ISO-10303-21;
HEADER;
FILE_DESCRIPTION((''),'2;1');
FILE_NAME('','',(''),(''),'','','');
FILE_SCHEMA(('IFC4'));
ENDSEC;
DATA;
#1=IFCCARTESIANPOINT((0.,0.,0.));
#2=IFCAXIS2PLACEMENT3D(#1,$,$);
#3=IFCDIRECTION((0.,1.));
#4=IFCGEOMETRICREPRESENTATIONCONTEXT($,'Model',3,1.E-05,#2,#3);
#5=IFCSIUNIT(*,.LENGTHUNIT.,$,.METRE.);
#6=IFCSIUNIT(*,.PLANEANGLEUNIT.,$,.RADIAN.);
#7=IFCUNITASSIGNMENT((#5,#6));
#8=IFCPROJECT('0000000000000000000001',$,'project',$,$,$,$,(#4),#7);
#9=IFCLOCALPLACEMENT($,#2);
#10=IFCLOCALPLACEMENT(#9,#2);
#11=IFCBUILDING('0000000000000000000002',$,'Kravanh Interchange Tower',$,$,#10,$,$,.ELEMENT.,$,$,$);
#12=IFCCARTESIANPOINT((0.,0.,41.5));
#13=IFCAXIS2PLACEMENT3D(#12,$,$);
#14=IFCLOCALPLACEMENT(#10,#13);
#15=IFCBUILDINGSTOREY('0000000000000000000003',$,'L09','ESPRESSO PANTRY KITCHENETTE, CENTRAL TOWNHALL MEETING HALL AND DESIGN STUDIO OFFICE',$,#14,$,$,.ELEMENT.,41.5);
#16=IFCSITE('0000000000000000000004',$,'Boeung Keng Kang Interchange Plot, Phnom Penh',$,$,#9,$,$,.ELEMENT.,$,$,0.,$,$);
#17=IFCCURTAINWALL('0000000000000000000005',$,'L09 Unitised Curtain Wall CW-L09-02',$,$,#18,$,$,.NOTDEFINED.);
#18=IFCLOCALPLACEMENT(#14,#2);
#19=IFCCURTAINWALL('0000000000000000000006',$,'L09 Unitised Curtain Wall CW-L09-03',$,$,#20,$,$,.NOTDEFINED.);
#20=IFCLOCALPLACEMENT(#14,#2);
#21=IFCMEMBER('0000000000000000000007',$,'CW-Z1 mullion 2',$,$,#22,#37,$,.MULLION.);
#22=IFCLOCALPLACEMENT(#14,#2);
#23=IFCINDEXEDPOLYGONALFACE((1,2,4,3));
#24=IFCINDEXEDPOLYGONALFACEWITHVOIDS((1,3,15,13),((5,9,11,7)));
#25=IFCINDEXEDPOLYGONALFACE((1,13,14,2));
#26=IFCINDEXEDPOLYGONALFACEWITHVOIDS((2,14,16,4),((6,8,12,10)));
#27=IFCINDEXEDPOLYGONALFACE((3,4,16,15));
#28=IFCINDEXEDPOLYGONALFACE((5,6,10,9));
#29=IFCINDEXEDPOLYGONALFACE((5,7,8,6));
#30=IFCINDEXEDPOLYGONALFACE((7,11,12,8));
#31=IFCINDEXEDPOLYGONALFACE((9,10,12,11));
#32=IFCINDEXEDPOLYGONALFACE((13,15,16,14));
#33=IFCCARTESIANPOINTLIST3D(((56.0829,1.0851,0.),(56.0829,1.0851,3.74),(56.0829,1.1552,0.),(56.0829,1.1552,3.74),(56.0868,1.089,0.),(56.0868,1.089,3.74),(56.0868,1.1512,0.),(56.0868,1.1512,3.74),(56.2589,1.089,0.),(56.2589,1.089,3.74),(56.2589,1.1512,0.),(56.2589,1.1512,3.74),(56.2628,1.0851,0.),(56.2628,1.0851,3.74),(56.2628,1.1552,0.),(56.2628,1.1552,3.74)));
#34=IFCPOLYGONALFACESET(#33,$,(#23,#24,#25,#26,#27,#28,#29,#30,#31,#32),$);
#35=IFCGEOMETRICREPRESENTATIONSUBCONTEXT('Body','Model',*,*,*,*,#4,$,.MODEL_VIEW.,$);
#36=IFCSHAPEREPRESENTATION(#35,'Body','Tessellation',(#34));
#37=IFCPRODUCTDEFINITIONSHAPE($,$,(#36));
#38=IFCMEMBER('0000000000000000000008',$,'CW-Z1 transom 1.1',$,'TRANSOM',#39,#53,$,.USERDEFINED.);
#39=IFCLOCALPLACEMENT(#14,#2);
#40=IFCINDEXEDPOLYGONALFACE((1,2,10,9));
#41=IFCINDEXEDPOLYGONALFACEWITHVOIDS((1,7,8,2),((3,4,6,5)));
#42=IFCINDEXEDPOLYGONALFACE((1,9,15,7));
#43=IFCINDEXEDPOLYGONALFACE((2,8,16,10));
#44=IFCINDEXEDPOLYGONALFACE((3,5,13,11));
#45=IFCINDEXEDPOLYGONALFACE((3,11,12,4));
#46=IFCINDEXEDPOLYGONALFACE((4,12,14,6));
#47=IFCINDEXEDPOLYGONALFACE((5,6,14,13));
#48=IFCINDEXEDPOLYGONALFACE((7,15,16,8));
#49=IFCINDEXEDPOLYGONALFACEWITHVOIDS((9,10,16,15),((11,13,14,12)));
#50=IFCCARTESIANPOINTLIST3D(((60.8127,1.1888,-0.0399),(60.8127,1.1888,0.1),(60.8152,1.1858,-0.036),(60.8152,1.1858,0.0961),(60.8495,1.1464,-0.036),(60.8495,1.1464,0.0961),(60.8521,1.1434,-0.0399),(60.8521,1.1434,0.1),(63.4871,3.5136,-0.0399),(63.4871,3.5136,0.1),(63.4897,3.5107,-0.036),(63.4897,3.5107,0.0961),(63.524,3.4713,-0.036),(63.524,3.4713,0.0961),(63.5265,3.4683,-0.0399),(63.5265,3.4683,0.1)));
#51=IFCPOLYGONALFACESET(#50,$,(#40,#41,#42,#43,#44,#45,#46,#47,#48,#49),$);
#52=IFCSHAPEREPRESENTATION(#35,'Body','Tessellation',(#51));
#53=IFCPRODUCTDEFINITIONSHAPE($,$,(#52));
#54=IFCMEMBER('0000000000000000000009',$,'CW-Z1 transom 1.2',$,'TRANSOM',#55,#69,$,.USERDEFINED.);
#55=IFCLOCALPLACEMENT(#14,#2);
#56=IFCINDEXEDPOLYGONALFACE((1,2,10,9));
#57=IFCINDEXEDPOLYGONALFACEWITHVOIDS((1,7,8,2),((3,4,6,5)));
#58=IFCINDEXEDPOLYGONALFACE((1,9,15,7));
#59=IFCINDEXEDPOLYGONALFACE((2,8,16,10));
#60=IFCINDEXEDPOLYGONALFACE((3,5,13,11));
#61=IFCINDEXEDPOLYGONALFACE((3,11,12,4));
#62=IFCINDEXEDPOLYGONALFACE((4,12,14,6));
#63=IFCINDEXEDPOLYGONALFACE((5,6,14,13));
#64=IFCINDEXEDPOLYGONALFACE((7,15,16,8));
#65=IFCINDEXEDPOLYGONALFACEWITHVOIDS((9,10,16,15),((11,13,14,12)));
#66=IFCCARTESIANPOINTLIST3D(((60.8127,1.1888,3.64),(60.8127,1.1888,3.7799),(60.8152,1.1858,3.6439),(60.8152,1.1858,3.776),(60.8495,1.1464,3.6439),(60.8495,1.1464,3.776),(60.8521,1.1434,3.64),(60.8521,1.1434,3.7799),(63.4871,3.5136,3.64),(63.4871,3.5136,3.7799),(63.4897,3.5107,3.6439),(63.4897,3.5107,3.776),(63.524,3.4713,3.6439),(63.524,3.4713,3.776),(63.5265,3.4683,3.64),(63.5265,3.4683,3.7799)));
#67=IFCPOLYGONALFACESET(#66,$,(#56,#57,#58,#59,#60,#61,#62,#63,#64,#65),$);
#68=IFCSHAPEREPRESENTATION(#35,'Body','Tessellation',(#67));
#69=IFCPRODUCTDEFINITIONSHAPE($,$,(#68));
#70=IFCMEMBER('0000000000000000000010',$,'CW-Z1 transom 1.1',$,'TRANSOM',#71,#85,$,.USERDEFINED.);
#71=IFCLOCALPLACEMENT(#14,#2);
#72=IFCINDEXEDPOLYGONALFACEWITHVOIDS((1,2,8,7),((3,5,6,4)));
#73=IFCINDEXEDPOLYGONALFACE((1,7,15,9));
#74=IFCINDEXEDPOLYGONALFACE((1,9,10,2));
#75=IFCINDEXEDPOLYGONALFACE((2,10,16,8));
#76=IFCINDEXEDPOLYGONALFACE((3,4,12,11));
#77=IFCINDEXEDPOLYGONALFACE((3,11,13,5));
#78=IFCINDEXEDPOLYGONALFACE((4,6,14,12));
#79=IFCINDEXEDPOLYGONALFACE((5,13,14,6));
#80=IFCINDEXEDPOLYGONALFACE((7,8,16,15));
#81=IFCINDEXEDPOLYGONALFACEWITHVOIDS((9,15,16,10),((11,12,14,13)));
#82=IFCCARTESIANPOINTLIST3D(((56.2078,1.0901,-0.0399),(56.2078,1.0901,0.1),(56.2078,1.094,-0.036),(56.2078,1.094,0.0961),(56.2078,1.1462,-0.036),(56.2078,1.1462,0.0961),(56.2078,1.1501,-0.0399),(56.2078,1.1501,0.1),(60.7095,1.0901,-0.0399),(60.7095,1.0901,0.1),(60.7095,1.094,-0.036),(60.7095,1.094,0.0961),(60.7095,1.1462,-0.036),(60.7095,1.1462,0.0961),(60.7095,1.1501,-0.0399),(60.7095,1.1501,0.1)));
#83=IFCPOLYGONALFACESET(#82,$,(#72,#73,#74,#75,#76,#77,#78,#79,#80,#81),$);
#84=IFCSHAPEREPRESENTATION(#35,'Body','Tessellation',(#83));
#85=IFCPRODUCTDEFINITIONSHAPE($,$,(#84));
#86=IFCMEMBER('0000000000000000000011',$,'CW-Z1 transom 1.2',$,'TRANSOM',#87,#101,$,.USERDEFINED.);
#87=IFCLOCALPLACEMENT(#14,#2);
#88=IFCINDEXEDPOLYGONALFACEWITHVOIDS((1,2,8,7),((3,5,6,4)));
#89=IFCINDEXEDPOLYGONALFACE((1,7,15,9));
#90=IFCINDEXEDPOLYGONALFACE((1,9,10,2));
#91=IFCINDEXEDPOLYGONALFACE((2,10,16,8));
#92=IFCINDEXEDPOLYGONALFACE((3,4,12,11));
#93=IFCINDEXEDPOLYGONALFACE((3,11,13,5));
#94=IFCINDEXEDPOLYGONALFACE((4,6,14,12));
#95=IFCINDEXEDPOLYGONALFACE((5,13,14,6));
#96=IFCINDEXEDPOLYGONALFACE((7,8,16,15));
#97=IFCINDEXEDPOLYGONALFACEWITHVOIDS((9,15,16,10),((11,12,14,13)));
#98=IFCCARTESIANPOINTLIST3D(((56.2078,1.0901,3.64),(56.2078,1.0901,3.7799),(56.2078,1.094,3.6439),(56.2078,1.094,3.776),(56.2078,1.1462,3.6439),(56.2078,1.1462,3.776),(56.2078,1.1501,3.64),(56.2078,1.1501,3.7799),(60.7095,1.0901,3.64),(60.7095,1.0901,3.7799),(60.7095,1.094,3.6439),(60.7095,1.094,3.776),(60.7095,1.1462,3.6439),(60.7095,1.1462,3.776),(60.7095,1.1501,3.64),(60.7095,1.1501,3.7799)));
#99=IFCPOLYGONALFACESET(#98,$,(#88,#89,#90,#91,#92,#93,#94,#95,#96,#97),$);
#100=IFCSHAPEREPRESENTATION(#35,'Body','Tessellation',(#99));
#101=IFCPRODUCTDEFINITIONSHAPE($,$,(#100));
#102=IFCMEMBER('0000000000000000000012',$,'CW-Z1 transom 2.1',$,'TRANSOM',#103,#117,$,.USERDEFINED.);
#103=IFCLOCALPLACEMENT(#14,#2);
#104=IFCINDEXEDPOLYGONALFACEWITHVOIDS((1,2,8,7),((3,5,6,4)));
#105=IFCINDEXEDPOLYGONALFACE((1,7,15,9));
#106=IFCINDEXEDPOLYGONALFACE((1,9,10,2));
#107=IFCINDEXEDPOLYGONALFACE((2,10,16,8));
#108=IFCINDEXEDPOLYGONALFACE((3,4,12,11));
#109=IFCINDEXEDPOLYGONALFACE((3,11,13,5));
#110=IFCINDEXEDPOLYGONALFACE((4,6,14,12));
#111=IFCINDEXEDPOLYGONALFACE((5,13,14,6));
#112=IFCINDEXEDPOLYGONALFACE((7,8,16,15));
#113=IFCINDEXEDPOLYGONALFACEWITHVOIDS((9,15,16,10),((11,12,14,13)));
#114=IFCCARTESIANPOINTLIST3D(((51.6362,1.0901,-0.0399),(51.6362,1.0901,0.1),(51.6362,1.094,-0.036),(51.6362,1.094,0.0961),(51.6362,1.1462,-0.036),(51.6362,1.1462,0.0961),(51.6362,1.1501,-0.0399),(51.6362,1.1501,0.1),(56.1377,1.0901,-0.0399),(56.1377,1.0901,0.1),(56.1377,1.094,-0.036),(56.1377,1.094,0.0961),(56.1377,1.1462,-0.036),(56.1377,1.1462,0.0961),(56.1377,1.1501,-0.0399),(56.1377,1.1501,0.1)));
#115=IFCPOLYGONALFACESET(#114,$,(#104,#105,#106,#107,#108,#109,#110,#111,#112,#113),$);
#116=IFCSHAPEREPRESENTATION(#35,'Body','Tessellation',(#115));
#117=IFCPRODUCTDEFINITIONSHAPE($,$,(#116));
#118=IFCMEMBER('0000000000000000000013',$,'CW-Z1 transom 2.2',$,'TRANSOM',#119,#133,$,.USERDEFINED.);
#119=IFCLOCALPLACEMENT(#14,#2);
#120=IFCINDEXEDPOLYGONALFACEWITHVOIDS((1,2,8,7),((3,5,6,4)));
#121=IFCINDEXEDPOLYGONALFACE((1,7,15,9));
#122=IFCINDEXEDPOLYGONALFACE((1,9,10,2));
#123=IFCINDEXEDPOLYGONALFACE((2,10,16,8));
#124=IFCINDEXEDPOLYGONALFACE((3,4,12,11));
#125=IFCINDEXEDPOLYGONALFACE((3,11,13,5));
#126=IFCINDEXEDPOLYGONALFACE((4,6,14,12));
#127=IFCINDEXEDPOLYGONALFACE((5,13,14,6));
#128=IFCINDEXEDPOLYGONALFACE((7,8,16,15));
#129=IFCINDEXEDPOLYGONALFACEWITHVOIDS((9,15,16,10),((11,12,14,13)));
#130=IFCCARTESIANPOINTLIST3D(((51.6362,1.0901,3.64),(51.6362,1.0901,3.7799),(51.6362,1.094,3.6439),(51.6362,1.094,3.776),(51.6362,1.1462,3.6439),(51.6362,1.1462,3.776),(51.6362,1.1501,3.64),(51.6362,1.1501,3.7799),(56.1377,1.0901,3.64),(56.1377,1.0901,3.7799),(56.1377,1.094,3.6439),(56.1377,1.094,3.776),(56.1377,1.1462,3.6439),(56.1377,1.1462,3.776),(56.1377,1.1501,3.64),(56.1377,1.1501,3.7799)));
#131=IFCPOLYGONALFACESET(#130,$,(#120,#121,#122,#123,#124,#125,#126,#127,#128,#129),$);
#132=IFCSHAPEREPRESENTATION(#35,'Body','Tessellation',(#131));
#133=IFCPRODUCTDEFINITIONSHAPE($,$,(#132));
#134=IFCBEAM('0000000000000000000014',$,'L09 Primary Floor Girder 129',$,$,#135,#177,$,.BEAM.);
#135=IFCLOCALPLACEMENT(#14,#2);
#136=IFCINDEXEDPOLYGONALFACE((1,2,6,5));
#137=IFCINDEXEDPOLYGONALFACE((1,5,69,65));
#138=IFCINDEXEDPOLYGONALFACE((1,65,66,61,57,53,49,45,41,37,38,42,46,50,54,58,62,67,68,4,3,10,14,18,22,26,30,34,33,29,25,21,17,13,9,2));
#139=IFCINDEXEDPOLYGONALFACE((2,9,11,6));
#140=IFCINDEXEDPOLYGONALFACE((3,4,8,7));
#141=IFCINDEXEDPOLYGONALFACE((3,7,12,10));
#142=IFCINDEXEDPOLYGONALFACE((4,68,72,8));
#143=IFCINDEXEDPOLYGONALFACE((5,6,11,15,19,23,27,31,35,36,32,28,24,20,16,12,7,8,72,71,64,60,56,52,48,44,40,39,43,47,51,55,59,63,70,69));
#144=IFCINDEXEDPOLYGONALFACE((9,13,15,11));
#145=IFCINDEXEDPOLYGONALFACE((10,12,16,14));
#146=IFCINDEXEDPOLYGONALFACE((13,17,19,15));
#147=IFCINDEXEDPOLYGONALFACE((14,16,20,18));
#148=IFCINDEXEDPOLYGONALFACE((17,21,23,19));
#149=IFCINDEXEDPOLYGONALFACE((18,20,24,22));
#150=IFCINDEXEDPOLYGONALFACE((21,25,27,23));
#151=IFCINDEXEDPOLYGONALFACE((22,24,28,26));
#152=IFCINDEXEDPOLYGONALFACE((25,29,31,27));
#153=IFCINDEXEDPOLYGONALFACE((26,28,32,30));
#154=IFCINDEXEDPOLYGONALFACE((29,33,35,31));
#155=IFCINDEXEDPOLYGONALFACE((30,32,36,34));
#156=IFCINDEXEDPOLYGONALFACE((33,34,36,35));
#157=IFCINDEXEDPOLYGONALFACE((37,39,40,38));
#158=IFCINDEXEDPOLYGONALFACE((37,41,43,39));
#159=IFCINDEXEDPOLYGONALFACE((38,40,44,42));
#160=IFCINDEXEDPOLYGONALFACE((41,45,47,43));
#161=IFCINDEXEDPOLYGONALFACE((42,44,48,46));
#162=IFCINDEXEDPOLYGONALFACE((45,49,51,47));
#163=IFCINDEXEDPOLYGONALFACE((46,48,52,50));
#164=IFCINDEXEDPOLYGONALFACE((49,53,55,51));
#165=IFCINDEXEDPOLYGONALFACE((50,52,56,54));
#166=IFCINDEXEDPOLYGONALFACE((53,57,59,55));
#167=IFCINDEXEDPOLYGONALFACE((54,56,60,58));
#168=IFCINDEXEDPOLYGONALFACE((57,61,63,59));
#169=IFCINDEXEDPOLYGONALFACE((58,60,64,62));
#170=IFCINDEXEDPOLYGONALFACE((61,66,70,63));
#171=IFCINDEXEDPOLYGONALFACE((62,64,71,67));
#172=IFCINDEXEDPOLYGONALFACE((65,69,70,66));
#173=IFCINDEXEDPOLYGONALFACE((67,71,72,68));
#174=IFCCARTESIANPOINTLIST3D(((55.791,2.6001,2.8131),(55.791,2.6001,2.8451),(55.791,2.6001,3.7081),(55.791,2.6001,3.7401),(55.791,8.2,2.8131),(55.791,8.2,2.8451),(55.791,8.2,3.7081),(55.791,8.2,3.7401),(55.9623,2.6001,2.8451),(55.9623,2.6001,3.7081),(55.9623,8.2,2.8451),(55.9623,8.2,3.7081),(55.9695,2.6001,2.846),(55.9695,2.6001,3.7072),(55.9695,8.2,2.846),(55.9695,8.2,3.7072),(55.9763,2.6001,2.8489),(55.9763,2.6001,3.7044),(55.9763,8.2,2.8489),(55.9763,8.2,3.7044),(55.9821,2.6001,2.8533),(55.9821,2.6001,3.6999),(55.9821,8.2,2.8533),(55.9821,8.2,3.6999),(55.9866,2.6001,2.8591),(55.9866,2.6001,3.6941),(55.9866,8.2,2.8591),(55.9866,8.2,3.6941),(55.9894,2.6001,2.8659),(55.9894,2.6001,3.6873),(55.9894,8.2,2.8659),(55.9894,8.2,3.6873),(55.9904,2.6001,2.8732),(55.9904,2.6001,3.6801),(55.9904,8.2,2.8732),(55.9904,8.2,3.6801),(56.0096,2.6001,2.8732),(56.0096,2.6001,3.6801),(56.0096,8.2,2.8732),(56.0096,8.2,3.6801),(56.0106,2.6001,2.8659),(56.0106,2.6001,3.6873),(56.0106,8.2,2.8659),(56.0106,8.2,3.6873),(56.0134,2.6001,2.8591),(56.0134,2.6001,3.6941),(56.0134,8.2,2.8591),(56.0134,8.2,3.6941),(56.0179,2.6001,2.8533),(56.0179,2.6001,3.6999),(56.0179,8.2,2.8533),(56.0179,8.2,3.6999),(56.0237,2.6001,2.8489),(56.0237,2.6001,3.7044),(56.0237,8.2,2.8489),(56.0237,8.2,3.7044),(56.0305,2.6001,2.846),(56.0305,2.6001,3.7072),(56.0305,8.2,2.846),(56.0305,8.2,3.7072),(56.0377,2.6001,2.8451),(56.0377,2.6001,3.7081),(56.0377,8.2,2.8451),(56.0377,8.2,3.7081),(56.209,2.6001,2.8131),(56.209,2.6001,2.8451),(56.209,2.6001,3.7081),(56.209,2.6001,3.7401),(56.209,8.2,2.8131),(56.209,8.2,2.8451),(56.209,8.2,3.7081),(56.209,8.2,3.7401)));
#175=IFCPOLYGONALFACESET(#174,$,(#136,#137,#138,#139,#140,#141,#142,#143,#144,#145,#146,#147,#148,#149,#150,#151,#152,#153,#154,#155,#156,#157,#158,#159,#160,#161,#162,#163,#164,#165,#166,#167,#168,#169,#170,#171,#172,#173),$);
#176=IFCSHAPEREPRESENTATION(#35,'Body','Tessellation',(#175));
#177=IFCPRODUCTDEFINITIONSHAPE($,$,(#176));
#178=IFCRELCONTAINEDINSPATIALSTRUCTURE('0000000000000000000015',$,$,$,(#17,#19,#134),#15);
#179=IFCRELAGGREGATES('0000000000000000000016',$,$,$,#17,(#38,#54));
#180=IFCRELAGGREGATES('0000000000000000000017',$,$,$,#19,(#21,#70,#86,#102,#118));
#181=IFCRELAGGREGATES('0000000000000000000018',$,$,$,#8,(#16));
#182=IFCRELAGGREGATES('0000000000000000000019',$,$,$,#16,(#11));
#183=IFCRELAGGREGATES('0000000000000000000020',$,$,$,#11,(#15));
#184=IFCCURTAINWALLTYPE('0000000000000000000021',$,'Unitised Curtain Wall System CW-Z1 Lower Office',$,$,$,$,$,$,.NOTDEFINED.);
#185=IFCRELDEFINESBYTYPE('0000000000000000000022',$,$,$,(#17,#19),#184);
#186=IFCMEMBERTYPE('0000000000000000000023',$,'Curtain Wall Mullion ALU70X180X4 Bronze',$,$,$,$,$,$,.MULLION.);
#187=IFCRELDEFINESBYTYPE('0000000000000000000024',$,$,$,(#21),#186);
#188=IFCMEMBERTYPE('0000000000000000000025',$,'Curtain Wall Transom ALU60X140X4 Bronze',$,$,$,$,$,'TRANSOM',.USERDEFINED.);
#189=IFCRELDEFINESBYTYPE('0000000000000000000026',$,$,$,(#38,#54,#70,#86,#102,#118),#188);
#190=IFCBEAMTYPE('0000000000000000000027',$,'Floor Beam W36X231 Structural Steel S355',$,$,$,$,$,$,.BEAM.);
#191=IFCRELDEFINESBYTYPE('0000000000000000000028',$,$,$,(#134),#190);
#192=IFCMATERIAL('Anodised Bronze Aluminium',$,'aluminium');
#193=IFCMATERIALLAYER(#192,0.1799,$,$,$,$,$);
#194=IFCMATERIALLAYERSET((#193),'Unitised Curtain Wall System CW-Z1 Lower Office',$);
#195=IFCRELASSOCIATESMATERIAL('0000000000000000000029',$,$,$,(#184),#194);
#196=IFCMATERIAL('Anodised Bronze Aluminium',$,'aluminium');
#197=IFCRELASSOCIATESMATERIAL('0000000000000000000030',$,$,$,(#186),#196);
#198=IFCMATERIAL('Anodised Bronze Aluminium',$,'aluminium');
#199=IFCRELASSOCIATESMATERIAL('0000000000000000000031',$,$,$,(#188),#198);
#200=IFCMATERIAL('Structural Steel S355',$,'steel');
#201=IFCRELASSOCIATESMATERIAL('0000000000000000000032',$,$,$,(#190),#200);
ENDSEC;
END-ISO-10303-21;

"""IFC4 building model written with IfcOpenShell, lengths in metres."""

from ifc_helpers import new_model, si_unit, direction, frame, origin, origin_2d, place, context, subcontext, project, spatial, hollow_rectangle, i_section, extrude, material, layer, layer_set, material_profile, profile_set, type_object, element, aggregate, save


model = new_model("IFC4")

# Units and contexts
model_context = context("Model", 3, precision=1e-05, world=origin(), true_north=direction((0.0, 1.0)))
body_context = subcontext(model_context, "Body", "Model", "MODEL_VIEW")
ifc_project = project(units=[si_unit("LENGTHUNIT", "METRE"), si_unit("PLANEANGLEUNIT", "RADIAN")], contexts=[model_context])

# Site, building, storey
site_placement = place(None, origin())
site = spatial("IfcSite", under=ifc_project, at=site_placement, Name="Boeung Keng Kang Interchange Plot, Phnom Penh", CompositionType="ELEMENT", RefElevation=0.0)
building_placement = place(site_placement, origin())
building = spatial("IfcBuilding", under=site, at=building_placement, Name="Kravanh Interchange Tower", CompositionType="ELEMENT")
storey_placement = place(building_placement, frame((0.0, 0.0, 41.5)))
storey = spatial("IfcBuildingStorey", under=building, at=storey_placement, Name="L09", Description="ESPRESSO PANTRY KITCHENETTE, CENTRAL TOWNHALL MEETING HALL AND DESIGN STUDIO OFFICE", CompositionType="ELEMENT", Elevation=41.5)

# Curtain walls, member
ifc_material_1 = material(Name="Anodised Bronze Aluminium", Category="aluminium")
ifc_layer_1 = layer(ifc_material_1, 0.1799)
ifc_layer_set_1 = layer_set([ifc_layer_1], Name="Unitised Curtain Wall System CW-Z1 Lower Office")
curtain_wall_type = type_object("IfcCurtainWallType", Name="Unitised Curtain Wall System CW-Z1 Lower Office", PredefinedType="NOTDEFINED", material=ifc_layer_set_1)
curtain_wall_1_placement = place(storey_placement, origin())
curtain_wall_1 = element("IfcCurtainWall", 1, at=curtain_wall_1_placement, inside=storey, type_object=curtain_wall_type, Name="L09 Unitised Curtain Wall CW-L09-02", PredefinedType="NOTDEFINED")
ifc_material_2 = material(Name="Anodised Bronze Aluminium", Category="aluminium")
ifc_material_profile_1 = material_profile(ifc_material_2, hollow_rectangle(XDim=0.0701, YDim=0.1799, WallThickness=0.0039, at=origin_2d()), Name="ALU70X180X4")
ifc_profile_set_1 = profile_set([ifc_material_profile_1], Name="Anodised Bronze Aluminium")
member_type_1 = type_object("IfcMemberType", Name="Curtain Wall Mullion ALU70X180X4 Bronze", PredefinedType="MULLION", material=ifc_profile_set_1)
curtain_wall_2_placement = place(storey_placement, origin())
curtain_wall_2 = element("IfcCurtainWall", 2, at=curtain_wall_2_placement, inside=storey, type_object=curtain_wall_type, Name="L09 Unitised Curtain Wall CW-L09-03", PredefinedType="NOTDEFINED")
member_1_placement = place(storey_placement, frame((56.1729, 1.1201, 0.0), z_axis=(0.0, 0.0, 1.0), x_axis=(0.0, -1.0, 0.0)))
member_1 = element("IfcMember", 3, at=member_1_placement, type_object=member_type_1, Name="CW-Z1 mullion 2", PredefinedType="MULLION", context=body_context, shape_type="SweptSolid", body=[
    extrude(hollow_rectangle(XDim=0.0701, YDim=0.1799, WallThickness=0.0039, at=origin_2d()), origin(), (0.0, 0.0, 1.0), 3.74),
])

# Members
ifc_material_3 = material(Name="Anodised Bronze Aluminium", Category="aluminium")
ifc_material_profile_2 = material_profile(ifc_material_3, hollow_rectangle(XDim=0.0601, YDim=0.1399, WallThickness=0.0039, at=origin_2d()), Name="ALU60X140X4")
ifc_profile_set_2 = profile_set([ifc_material_profile_2], Name="Anodised Bronze Aluminium")
member_type_2 = type_object("IfcMemberType", Name="Curtain Wall Transom ALU60X140X4 Bronze", ElementType="TRANSOM", PredefinedType="USERDEFINED", material=ifc_profile_set_2)
member_2_placement = place(storey_placement, frame((63.5068, 3.491, 0.03), z_axis=(-0.754711, -0.656058, 0.0), x_axis=(0.656058, -0.754711, 0.0)))
member_2 = element("IfcMember", 4, at=member_2_placement, type_object=member_type_2, Name="CW-Z1 transom 1.1", ObjectType="TRANSOM", PredefinedType="USERDEFINED", context=body_context, shape_type="SweptSolid", body=[
    extrude(hollow_rectangle(XDim=0.0601, YDim=0.1399, WallThickness=0.0039, at=origin_2d()), origin(), (0.0, 0.0, 1.0), 3.5437),
])
member_3_placement = place(storey_placement, frame((63.5068, 3.491, 3.71), z_axis=(-0.754711, -0.656058, 0.0), x_axis=(0.656058, -0.754711, 0.0)))
member_3 = element("IfcMember", 5, at=member_3_placement, type_object=member_type_2, Name="CW-Z1 transom 1.2", ObjectType="TRANSOM", PredefinedType="USERDEFINED", context=body_context, shape_type="SweptSolid", body=[
    extrude(hollow_rectangle(XDim=0.0601, YDim=0.1399, WallThickness=0.0039, at=origin_2d()), origin(), (0.0, 0.0, 1.0), 3.5437),
])
member_4_placement = place(storey_placement, frame((60.7095, 1.1201, 0.03), z_axis=(-1.0, 0.0, 0.0), x_axis=(0.0, -1.0, 0.0)))
member_4 = element("IfcMember", 6, at=member_4_placement, type_object=member_type_2, Name="CW-Z1 transom 1.1", ObjectType="TRANSOM", PredefinedType="USERDEFINED", context=body_context, shape_type="SweptSolid", body=[
    extrude(hollow_rectangle(XDim=0.0601, YDim=0.1399, WallThickness=0.0039, at=origin_2d()), origin(), (0.0, 0.0, 1.0), 4.5017),
])
member_5_placement = place(storey_placement, frame((60.7095, 1.1201, 3.71), z_axis=(-1.0, 0.0, 0.0), x_axis=(0.0, -1.0, 0.0)))
member_5 = element("IfcMember", 7, at=member_5_placement, type_object=member_type_2, Name="CW-Z1 transom 1.2", ObjectType="TRANSOM", PredefinedType="USERDEFINED", context=body_context, shape_type="SweptSolid", body=[
    extrude(hollow_rectangle(XDim=0.0601, YDim=0.1399, WallThickness=0.0039, at=origin_2d()), origin(), (0.0, 0.0, 1.0), 4.5017),
])
member_6_placement = place(storey_placement, frame((56.1377, 1.1201, 0.03), z_axis=(-1.0, 0.0, 0.0), x_axis=(0.0, -1.0, 0.0)))
member_6 = element("IfcMember", 8, at=member_6_placement, type_object=member_type_2, Name="CW-Z1 transom 2.1", ObjectType="TRANSOM", PredefinedType="USERDEFINED", context=body_context, shape_type="SweptSolid", body=[
    extrude(hollow_rectangle(XDim=0.0601, YDim=0.1399, WallThickness=0.0039, at=origin_2d()), origin(), (0.0, 0.0, 1.0), 4.5015),
])
member_7_placement = place(storey_placement, frame((56.1377, 1.1201, 3.71), z_axis=(-1.0, 0.0, 0.0), x_axis=(0.0, -1.0, 0.0)))
member_7 = element("IfcMember", 9, at=member_7_placement, type_object=member_type_2, Name="CW-Z1 transom 2.2", ObjectType="TRANSOM", PredefinedType="USERDEFINED", context=body_context, shape_type="SweptSolid", body=[
    extrude(hollow_rectangle(XDim=0.0601, YDim=0.1399, WallThickness=0.0039, at=origin_2d()), origin(), (0.0, 0.0, 1.0), 4.5015),
])

# Beam
ifc_material_4 = material(Name="Structural Steel S355", Category="steel")
ifc_material_profile_3 = material_profile(ifc_material_4, i_section(OverallWidth=0.418, OverallDepth=0.927, WebThickness=0.0193, FlangeThickness=0.032, FilletRadius=0.0281, at=origin_2d()), Name="W36X231")
ifc_profile_set_3 = profile_set([ifc_material_profile_3], Name="Structural Steel S355")
beam_type_1 = type_object("IfcBeamType", Name="Floor Beam W36X231 Structural Steel S355", PredefinedType="BEAM", material=ifc_profile_set_3)
beam_1_placement = place(storey_placement, frame((56.0, 2.6001, 3.2766), z_axis=(0.0, 1.0, 0.0), x_axis=(-1.0, 0.0, 0.0)))
element("IfcBeam", 10, at=beam_1_placement, inside=storey, type_object=beam_type_1, Name="L09 Primary Floor Girder 129", PredefinedType="BEAM", context=body_context, shape_type="SweptSolid", body=[
    extrude(i_section(OverallWidth=0.418, OverallDepth=0.927, WebThickness=0.0193, FlangeThickness=0.032, FilletRadius=0.0281, at=origin_2d()), origin(), (0.0, 0.0, 1.0), 5.5999),
])

aggregate(curtain_wall_1, [member_2, member_3])
aggregate(curtain_wall_2, [member_1, member_4, member_5, member_6, member_7])

save(model, "model.ifc")
